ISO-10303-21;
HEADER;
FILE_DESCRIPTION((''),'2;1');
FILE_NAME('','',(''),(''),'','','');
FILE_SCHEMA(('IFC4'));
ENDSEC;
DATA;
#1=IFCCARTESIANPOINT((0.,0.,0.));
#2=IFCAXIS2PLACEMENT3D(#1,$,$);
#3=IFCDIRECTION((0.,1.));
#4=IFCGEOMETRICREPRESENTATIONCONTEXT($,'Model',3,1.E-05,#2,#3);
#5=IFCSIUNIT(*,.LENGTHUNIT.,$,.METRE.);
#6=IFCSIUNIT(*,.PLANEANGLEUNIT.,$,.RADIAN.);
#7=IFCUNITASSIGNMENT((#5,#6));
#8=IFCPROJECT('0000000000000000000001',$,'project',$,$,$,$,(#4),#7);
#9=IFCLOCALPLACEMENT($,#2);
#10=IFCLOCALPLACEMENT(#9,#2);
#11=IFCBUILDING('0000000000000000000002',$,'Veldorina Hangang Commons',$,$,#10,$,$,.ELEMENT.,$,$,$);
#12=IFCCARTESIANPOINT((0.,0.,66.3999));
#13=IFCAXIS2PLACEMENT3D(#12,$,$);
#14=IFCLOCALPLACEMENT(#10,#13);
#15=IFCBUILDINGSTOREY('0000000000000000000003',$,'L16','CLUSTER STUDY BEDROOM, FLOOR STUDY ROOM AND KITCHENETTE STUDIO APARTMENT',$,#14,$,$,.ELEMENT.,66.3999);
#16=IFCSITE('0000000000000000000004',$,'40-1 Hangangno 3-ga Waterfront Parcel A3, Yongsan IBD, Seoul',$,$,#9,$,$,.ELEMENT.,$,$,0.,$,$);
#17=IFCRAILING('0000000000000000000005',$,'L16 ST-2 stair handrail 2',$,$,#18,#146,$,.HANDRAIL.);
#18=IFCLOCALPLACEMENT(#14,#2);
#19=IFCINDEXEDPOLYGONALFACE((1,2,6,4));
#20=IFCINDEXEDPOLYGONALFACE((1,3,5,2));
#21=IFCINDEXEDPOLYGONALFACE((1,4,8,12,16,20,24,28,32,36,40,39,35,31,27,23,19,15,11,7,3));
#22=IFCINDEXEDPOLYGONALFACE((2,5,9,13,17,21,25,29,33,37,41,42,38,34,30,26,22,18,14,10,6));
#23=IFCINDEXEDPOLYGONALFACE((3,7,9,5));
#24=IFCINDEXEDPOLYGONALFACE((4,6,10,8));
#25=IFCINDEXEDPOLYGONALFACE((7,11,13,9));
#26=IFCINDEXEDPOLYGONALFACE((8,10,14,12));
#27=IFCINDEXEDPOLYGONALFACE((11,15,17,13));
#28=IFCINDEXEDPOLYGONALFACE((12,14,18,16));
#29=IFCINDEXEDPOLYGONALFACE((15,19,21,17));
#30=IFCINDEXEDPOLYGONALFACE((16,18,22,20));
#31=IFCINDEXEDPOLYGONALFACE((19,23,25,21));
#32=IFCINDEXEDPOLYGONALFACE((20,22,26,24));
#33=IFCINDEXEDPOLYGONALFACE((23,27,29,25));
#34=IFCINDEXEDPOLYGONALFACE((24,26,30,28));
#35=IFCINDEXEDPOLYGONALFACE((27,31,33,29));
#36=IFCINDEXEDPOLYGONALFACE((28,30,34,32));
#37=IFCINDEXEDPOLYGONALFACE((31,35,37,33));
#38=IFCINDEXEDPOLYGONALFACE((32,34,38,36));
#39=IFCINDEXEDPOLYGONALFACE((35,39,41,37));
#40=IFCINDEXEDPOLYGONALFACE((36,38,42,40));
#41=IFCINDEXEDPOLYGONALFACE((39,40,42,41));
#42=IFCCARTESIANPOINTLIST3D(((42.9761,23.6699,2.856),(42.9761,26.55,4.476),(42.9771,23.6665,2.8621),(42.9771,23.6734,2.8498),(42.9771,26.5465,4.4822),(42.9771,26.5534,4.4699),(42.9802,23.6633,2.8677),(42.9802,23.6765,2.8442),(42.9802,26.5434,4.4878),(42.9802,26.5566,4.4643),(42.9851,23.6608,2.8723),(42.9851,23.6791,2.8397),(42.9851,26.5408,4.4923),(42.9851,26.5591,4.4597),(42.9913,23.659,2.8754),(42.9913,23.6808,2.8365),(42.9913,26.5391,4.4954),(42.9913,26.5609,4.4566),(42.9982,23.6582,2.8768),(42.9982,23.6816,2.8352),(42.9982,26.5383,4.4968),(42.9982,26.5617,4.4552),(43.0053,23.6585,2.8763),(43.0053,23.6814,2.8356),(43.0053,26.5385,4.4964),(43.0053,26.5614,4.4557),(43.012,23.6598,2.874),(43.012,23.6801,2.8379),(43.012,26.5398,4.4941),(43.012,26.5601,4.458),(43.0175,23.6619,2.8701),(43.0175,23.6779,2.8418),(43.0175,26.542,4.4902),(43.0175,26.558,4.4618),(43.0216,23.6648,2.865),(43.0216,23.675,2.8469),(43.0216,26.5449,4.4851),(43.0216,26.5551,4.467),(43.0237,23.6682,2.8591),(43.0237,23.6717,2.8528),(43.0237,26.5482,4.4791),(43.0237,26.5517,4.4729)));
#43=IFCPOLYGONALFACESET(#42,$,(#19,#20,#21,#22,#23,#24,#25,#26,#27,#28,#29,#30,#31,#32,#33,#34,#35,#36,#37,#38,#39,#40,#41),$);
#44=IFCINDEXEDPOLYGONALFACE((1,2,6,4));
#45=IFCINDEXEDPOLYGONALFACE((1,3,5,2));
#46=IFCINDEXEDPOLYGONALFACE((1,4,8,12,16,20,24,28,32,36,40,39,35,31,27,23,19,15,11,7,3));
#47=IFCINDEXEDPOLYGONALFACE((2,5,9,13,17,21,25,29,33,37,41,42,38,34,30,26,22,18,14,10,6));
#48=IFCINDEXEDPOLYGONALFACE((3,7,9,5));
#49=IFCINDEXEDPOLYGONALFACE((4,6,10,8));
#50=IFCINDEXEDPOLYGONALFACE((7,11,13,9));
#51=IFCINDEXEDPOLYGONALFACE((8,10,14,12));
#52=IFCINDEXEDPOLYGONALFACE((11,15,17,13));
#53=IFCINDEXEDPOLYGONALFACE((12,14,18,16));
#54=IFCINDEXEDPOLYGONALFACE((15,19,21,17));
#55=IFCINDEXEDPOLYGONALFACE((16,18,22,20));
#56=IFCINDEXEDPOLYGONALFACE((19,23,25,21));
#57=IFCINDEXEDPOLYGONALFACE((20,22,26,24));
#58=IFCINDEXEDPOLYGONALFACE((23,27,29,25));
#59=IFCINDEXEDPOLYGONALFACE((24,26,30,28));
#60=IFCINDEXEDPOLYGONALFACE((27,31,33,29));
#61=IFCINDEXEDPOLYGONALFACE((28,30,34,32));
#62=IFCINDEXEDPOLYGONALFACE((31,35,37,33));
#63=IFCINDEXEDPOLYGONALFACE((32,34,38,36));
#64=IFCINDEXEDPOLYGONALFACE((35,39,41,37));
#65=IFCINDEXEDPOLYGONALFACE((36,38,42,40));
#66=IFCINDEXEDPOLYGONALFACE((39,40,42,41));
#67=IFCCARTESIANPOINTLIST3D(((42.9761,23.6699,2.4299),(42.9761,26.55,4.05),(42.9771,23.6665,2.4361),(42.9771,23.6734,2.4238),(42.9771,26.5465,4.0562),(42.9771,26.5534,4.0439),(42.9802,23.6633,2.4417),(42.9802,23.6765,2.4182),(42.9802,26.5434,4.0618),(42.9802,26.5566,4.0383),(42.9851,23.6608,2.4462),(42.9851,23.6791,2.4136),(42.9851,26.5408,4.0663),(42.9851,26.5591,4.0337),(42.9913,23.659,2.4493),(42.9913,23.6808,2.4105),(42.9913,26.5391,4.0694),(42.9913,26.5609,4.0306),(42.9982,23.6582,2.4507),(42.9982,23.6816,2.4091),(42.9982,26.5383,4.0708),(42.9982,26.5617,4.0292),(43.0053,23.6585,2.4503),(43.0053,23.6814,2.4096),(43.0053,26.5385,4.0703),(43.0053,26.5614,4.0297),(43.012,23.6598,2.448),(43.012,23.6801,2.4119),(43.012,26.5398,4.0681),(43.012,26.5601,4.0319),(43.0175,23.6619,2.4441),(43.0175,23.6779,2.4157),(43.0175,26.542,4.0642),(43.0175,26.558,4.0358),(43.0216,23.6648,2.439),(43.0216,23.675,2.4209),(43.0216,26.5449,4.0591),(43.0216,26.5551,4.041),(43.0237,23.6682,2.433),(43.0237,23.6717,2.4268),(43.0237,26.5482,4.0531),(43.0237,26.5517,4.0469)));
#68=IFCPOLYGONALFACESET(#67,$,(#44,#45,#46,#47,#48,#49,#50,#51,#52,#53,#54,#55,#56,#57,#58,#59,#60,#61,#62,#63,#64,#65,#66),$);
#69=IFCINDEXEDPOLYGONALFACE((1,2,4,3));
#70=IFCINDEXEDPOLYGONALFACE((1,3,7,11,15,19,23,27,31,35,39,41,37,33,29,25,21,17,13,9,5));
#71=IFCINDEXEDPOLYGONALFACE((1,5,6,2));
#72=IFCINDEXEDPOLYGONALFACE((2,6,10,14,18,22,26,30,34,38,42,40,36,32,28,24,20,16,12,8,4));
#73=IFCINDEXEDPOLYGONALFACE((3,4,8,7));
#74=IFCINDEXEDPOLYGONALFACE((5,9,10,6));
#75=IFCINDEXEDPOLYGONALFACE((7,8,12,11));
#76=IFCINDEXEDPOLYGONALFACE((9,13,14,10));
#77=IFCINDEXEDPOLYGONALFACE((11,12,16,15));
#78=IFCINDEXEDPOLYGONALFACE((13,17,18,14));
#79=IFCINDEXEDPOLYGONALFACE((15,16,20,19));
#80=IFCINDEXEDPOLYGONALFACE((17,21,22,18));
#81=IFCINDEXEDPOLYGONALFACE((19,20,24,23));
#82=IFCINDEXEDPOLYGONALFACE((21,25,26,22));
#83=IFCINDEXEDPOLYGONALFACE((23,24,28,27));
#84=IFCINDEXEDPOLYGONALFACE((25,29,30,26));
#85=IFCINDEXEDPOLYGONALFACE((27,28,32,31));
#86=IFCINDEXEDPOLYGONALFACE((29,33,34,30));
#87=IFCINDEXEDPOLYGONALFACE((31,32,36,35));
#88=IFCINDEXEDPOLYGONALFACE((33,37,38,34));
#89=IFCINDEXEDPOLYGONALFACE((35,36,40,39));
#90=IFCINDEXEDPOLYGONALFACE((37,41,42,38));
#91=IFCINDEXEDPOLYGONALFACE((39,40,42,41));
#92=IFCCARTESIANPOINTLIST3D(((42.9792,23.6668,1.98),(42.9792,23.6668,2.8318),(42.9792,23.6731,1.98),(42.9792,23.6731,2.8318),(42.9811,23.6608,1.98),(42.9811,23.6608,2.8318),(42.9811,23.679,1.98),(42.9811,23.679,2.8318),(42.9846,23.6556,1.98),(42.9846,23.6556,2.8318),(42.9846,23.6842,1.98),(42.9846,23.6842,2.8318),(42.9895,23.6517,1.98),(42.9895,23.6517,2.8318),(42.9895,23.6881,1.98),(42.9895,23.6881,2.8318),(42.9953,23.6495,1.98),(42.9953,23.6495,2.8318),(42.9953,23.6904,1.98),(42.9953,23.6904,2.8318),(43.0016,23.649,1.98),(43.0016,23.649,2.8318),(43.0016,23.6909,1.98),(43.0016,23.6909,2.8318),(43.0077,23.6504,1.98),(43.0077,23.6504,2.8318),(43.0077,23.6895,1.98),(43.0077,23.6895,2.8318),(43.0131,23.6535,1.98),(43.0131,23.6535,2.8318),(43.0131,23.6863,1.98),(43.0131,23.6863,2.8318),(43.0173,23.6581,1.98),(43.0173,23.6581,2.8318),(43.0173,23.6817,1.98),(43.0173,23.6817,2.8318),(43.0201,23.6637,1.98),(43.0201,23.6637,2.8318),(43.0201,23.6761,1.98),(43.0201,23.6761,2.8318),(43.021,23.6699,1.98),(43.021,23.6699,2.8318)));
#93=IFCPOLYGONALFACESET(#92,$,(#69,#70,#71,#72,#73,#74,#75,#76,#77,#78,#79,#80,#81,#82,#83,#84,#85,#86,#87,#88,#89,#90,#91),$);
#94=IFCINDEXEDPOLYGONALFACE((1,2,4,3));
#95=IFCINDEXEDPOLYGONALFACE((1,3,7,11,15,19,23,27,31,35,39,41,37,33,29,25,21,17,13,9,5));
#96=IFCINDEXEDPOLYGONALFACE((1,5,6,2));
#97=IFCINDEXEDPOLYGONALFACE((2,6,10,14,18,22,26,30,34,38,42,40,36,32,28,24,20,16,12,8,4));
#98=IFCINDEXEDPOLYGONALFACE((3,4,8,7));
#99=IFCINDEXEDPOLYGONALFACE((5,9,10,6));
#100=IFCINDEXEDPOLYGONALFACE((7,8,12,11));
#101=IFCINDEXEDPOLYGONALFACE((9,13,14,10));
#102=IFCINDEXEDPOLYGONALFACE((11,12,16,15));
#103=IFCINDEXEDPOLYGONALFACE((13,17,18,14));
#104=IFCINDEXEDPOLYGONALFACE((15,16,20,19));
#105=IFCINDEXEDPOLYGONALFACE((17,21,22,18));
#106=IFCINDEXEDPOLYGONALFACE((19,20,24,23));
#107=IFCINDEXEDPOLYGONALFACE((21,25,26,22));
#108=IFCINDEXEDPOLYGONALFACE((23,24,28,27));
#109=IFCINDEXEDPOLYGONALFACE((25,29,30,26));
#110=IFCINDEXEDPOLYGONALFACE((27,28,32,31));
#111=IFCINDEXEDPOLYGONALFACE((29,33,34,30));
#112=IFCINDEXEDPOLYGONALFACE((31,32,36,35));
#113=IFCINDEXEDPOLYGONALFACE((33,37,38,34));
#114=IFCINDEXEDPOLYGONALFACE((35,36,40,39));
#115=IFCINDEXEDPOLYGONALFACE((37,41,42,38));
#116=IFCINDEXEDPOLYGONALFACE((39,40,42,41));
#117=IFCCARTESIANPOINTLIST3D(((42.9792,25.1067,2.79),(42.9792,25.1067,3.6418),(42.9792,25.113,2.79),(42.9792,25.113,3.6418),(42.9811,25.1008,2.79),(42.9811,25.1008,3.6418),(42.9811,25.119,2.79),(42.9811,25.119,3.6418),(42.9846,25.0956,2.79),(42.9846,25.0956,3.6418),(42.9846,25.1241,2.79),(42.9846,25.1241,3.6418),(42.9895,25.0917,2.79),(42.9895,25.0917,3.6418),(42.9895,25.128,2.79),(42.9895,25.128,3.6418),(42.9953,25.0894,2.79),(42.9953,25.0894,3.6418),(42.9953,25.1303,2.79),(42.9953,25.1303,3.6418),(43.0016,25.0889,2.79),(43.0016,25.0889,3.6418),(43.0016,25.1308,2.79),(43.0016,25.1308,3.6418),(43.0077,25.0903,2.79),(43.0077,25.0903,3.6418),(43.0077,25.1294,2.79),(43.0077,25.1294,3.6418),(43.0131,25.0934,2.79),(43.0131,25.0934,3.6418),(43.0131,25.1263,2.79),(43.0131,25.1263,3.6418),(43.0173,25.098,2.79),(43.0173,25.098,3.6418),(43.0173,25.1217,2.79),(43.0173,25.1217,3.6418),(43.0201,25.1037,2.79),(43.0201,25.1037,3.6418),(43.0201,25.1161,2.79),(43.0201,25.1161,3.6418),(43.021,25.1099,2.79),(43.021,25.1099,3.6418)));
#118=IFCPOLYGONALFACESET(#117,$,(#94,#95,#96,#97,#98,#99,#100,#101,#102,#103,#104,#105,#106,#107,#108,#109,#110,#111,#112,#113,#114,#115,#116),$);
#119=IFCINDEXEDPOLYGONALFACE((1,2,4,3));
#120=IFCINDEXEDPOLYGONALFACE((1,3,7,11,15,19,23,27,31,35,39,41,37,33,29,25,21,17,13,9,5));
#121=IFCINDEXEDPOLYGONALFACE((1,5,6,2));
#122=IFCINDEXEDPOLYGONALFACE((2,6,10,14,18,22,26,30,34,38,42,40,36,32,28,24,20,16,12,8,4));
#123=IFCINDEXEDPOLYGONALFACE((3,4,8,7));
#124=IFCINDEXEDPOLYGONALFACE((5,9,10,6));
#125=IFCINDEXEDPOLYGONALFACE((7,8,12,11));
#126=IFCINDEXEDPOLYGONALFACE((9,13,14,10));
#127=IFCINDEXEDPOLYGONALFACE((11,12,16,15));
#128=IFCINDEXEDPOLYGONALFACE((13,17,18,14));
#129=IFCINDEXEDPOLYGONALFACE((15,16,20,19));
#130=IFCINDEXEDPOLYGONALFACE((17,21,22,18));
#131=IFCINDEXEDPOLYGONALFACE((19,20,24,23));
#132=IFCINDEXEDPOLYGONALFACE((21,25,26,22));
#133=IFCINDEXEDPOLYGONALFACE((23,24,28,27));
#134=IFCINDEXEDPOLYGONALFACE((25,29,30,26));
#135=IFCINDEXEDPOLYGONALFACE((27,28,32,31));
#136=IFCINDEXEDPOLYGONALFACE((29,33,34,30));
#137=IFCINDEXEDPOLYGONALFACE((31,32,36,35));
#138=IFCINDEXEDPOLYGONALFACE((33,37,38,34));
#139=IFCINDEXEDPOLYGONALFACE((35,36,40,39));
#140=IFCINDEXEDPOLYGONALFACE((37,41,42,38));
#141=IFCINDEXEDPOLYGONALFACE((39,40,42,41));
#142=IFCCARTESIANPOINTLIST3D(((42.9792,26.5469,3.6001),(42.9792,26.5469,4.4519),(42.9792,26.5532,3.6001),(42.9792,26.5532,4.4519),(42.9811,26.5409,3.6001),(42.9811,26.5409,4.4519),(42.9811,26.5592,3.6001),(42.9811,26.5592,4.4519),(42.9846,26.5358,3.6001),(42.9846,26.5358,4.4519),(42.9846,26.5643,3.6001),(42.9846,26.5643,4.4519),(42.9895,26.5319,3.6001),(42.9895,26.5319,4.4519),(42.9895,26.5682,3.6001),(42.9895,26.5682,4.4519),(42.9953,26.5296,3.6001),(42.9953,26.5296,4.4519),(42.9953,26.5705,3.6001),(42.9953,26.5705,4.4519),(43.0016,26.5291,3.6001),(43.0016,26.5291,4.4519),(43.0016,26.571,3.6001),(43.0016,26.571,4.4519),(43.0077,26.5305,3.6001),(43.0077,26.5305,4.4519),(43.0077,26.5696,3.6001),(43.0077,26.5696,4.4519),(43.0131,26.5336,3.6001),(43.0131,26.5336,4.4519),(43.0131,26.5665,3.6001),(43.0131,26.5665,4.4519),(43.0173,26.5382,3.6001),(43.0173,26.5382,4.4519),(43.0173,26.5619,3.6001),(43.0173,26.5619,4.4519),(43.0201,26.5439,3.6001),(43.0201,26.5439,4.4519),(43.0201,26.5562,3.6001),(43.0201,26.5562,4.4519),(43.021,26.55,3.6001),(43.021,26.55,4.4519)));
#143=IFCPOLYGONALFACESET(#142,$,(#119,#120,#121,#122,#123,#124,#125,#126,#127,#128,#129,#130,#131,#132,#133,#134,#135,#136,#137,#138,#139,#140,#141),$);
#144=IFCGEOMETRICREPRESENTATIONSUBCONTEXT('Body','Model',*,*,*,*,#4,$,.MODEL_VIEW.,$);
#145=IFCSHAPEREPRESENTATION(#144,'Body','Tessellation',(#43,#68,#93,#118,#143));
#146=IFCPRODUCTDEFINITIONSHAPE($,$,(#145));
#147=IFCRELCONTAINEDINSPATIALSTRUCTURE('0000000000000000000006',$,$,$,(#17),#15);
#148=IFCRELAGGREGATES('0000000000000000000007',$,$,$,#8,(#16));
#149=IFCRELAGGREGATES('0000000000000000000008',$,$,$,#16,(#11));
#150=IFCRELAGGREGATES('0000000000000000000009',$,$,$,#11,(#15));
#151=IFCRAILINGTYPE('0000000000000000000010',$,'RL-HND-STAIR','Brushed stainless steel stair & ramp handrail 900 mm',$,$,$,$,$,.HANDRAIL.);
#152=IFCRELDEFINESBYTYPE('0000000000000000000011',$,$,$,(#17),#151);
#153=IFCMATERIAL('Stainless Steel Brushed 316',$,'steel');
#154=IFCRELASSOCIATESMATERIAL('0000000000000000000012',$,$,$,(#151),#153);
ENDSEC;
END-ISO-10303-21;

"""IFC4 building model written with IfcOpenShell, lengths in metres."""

from ifc_helpers import new_model, si_unit, direction, frame, origin, origin_2d, place, context, subcontext, project, spatial, circle, extrude, material, type_object, element, save


model = new_model("IFC4")

# Units and contexts
model_context = context("Model", 3, precision=1e-05, world=origin(), true_north=direction((0.0, 1.0)))
body_context = subcontext(model_context, "Body", "Model", "MODEL_VIEW")
ifc_project = project(units=[si_unit("LENGTHUNIT", "METRE"), si_unit("PLANEANGLEUNIT", "RADIAN")], contexts=[model_context])

# Site, building, storey
site_placement = place(None, origin())
site = spatial("IfcSite", under=ifc_project, at=site_placement, Name="40-1 Hangangno 3-ga Waterfront Parcel A3, Yongsan IBD, Seoul", CompositionType="ELEMENT", RefElevation=0.0)
building_placement = place(site_placement, origin())
building = spatial("IfcBuilding", under=site, at=building_placement, Name="Veldorina Hangang Commons", CompositionType="ELEMENT")
storey_placement = place(building_placement, frame((0.0, 0.0, 66.3999)))
storey = spatial("IfcBuildingStorey", under=building, at=storey_placement, Name="L16", Description="CLUSTER STUDY BEDROOM, FLOOR STUDY ROOM AND KITCHENETTE STUDIO APARTMENT", CompositionType="ELEMENT", Elevation=66.3999)

# Railing
ifc_material_1 = material(Name="Stainless Steel Brushed 316", Category="steel")
railing_type_1 = type_object("IfcRailingType", Name="RL-HND-STAIR", Description="Brushed stainless steel stair & ramp handrail 900 mm", PredefinedType="HANDRAIL", material=ifc_material_1)
railing_1_placement = place(storey_placement, frame((43.0, 23.6699, 1.98)))
element("IfcRailing", 1, at=railing_1_placement, inside=storey, type_object=railing_type_1, Name="L16 ST-2 stair handrail 2", PredefinedType="HANDRAIL", context=body_context, shape_type="SweptSolid", body=[
    extrude(circle(Radius=0.0239, at=origin_2d()), frame((0.0, 0.0, 0.876), z_axis=(0.0, 0.87157, 0.490272), x_axis=(-1.0, 0.0, 0.0)), (0.0, 0.0, 1.0), 3.3044),
    extrude(circle(Radius=0.0239, at=origin_2d()), frame((0.0, 0.0, 0.45), z_axis=(0.0, 0.87157, 0.490272), x_axis=(-1.0, 0.0, 0.0)), (0.0, 0.0, 1.0), 3.3044),
    extrude(circle(Radius=0.021, at=origin_2d()), origin(), (0.0, 0.0, 1.0), 0.8518),
    extrude(circle(Radius=0.021, at=origin_2d()), frame((0.0, 1.4399, 0.8101)), (0.0, 0.0, 1.0), 0.8518),
    extrude(circle(Radius=0.021, at=origin_2d()), frame((0.0, 2.8801, 1.6201)), (0.0, 0.0, 1.0), 0.8518),
])

save(model, "model.ifc")
